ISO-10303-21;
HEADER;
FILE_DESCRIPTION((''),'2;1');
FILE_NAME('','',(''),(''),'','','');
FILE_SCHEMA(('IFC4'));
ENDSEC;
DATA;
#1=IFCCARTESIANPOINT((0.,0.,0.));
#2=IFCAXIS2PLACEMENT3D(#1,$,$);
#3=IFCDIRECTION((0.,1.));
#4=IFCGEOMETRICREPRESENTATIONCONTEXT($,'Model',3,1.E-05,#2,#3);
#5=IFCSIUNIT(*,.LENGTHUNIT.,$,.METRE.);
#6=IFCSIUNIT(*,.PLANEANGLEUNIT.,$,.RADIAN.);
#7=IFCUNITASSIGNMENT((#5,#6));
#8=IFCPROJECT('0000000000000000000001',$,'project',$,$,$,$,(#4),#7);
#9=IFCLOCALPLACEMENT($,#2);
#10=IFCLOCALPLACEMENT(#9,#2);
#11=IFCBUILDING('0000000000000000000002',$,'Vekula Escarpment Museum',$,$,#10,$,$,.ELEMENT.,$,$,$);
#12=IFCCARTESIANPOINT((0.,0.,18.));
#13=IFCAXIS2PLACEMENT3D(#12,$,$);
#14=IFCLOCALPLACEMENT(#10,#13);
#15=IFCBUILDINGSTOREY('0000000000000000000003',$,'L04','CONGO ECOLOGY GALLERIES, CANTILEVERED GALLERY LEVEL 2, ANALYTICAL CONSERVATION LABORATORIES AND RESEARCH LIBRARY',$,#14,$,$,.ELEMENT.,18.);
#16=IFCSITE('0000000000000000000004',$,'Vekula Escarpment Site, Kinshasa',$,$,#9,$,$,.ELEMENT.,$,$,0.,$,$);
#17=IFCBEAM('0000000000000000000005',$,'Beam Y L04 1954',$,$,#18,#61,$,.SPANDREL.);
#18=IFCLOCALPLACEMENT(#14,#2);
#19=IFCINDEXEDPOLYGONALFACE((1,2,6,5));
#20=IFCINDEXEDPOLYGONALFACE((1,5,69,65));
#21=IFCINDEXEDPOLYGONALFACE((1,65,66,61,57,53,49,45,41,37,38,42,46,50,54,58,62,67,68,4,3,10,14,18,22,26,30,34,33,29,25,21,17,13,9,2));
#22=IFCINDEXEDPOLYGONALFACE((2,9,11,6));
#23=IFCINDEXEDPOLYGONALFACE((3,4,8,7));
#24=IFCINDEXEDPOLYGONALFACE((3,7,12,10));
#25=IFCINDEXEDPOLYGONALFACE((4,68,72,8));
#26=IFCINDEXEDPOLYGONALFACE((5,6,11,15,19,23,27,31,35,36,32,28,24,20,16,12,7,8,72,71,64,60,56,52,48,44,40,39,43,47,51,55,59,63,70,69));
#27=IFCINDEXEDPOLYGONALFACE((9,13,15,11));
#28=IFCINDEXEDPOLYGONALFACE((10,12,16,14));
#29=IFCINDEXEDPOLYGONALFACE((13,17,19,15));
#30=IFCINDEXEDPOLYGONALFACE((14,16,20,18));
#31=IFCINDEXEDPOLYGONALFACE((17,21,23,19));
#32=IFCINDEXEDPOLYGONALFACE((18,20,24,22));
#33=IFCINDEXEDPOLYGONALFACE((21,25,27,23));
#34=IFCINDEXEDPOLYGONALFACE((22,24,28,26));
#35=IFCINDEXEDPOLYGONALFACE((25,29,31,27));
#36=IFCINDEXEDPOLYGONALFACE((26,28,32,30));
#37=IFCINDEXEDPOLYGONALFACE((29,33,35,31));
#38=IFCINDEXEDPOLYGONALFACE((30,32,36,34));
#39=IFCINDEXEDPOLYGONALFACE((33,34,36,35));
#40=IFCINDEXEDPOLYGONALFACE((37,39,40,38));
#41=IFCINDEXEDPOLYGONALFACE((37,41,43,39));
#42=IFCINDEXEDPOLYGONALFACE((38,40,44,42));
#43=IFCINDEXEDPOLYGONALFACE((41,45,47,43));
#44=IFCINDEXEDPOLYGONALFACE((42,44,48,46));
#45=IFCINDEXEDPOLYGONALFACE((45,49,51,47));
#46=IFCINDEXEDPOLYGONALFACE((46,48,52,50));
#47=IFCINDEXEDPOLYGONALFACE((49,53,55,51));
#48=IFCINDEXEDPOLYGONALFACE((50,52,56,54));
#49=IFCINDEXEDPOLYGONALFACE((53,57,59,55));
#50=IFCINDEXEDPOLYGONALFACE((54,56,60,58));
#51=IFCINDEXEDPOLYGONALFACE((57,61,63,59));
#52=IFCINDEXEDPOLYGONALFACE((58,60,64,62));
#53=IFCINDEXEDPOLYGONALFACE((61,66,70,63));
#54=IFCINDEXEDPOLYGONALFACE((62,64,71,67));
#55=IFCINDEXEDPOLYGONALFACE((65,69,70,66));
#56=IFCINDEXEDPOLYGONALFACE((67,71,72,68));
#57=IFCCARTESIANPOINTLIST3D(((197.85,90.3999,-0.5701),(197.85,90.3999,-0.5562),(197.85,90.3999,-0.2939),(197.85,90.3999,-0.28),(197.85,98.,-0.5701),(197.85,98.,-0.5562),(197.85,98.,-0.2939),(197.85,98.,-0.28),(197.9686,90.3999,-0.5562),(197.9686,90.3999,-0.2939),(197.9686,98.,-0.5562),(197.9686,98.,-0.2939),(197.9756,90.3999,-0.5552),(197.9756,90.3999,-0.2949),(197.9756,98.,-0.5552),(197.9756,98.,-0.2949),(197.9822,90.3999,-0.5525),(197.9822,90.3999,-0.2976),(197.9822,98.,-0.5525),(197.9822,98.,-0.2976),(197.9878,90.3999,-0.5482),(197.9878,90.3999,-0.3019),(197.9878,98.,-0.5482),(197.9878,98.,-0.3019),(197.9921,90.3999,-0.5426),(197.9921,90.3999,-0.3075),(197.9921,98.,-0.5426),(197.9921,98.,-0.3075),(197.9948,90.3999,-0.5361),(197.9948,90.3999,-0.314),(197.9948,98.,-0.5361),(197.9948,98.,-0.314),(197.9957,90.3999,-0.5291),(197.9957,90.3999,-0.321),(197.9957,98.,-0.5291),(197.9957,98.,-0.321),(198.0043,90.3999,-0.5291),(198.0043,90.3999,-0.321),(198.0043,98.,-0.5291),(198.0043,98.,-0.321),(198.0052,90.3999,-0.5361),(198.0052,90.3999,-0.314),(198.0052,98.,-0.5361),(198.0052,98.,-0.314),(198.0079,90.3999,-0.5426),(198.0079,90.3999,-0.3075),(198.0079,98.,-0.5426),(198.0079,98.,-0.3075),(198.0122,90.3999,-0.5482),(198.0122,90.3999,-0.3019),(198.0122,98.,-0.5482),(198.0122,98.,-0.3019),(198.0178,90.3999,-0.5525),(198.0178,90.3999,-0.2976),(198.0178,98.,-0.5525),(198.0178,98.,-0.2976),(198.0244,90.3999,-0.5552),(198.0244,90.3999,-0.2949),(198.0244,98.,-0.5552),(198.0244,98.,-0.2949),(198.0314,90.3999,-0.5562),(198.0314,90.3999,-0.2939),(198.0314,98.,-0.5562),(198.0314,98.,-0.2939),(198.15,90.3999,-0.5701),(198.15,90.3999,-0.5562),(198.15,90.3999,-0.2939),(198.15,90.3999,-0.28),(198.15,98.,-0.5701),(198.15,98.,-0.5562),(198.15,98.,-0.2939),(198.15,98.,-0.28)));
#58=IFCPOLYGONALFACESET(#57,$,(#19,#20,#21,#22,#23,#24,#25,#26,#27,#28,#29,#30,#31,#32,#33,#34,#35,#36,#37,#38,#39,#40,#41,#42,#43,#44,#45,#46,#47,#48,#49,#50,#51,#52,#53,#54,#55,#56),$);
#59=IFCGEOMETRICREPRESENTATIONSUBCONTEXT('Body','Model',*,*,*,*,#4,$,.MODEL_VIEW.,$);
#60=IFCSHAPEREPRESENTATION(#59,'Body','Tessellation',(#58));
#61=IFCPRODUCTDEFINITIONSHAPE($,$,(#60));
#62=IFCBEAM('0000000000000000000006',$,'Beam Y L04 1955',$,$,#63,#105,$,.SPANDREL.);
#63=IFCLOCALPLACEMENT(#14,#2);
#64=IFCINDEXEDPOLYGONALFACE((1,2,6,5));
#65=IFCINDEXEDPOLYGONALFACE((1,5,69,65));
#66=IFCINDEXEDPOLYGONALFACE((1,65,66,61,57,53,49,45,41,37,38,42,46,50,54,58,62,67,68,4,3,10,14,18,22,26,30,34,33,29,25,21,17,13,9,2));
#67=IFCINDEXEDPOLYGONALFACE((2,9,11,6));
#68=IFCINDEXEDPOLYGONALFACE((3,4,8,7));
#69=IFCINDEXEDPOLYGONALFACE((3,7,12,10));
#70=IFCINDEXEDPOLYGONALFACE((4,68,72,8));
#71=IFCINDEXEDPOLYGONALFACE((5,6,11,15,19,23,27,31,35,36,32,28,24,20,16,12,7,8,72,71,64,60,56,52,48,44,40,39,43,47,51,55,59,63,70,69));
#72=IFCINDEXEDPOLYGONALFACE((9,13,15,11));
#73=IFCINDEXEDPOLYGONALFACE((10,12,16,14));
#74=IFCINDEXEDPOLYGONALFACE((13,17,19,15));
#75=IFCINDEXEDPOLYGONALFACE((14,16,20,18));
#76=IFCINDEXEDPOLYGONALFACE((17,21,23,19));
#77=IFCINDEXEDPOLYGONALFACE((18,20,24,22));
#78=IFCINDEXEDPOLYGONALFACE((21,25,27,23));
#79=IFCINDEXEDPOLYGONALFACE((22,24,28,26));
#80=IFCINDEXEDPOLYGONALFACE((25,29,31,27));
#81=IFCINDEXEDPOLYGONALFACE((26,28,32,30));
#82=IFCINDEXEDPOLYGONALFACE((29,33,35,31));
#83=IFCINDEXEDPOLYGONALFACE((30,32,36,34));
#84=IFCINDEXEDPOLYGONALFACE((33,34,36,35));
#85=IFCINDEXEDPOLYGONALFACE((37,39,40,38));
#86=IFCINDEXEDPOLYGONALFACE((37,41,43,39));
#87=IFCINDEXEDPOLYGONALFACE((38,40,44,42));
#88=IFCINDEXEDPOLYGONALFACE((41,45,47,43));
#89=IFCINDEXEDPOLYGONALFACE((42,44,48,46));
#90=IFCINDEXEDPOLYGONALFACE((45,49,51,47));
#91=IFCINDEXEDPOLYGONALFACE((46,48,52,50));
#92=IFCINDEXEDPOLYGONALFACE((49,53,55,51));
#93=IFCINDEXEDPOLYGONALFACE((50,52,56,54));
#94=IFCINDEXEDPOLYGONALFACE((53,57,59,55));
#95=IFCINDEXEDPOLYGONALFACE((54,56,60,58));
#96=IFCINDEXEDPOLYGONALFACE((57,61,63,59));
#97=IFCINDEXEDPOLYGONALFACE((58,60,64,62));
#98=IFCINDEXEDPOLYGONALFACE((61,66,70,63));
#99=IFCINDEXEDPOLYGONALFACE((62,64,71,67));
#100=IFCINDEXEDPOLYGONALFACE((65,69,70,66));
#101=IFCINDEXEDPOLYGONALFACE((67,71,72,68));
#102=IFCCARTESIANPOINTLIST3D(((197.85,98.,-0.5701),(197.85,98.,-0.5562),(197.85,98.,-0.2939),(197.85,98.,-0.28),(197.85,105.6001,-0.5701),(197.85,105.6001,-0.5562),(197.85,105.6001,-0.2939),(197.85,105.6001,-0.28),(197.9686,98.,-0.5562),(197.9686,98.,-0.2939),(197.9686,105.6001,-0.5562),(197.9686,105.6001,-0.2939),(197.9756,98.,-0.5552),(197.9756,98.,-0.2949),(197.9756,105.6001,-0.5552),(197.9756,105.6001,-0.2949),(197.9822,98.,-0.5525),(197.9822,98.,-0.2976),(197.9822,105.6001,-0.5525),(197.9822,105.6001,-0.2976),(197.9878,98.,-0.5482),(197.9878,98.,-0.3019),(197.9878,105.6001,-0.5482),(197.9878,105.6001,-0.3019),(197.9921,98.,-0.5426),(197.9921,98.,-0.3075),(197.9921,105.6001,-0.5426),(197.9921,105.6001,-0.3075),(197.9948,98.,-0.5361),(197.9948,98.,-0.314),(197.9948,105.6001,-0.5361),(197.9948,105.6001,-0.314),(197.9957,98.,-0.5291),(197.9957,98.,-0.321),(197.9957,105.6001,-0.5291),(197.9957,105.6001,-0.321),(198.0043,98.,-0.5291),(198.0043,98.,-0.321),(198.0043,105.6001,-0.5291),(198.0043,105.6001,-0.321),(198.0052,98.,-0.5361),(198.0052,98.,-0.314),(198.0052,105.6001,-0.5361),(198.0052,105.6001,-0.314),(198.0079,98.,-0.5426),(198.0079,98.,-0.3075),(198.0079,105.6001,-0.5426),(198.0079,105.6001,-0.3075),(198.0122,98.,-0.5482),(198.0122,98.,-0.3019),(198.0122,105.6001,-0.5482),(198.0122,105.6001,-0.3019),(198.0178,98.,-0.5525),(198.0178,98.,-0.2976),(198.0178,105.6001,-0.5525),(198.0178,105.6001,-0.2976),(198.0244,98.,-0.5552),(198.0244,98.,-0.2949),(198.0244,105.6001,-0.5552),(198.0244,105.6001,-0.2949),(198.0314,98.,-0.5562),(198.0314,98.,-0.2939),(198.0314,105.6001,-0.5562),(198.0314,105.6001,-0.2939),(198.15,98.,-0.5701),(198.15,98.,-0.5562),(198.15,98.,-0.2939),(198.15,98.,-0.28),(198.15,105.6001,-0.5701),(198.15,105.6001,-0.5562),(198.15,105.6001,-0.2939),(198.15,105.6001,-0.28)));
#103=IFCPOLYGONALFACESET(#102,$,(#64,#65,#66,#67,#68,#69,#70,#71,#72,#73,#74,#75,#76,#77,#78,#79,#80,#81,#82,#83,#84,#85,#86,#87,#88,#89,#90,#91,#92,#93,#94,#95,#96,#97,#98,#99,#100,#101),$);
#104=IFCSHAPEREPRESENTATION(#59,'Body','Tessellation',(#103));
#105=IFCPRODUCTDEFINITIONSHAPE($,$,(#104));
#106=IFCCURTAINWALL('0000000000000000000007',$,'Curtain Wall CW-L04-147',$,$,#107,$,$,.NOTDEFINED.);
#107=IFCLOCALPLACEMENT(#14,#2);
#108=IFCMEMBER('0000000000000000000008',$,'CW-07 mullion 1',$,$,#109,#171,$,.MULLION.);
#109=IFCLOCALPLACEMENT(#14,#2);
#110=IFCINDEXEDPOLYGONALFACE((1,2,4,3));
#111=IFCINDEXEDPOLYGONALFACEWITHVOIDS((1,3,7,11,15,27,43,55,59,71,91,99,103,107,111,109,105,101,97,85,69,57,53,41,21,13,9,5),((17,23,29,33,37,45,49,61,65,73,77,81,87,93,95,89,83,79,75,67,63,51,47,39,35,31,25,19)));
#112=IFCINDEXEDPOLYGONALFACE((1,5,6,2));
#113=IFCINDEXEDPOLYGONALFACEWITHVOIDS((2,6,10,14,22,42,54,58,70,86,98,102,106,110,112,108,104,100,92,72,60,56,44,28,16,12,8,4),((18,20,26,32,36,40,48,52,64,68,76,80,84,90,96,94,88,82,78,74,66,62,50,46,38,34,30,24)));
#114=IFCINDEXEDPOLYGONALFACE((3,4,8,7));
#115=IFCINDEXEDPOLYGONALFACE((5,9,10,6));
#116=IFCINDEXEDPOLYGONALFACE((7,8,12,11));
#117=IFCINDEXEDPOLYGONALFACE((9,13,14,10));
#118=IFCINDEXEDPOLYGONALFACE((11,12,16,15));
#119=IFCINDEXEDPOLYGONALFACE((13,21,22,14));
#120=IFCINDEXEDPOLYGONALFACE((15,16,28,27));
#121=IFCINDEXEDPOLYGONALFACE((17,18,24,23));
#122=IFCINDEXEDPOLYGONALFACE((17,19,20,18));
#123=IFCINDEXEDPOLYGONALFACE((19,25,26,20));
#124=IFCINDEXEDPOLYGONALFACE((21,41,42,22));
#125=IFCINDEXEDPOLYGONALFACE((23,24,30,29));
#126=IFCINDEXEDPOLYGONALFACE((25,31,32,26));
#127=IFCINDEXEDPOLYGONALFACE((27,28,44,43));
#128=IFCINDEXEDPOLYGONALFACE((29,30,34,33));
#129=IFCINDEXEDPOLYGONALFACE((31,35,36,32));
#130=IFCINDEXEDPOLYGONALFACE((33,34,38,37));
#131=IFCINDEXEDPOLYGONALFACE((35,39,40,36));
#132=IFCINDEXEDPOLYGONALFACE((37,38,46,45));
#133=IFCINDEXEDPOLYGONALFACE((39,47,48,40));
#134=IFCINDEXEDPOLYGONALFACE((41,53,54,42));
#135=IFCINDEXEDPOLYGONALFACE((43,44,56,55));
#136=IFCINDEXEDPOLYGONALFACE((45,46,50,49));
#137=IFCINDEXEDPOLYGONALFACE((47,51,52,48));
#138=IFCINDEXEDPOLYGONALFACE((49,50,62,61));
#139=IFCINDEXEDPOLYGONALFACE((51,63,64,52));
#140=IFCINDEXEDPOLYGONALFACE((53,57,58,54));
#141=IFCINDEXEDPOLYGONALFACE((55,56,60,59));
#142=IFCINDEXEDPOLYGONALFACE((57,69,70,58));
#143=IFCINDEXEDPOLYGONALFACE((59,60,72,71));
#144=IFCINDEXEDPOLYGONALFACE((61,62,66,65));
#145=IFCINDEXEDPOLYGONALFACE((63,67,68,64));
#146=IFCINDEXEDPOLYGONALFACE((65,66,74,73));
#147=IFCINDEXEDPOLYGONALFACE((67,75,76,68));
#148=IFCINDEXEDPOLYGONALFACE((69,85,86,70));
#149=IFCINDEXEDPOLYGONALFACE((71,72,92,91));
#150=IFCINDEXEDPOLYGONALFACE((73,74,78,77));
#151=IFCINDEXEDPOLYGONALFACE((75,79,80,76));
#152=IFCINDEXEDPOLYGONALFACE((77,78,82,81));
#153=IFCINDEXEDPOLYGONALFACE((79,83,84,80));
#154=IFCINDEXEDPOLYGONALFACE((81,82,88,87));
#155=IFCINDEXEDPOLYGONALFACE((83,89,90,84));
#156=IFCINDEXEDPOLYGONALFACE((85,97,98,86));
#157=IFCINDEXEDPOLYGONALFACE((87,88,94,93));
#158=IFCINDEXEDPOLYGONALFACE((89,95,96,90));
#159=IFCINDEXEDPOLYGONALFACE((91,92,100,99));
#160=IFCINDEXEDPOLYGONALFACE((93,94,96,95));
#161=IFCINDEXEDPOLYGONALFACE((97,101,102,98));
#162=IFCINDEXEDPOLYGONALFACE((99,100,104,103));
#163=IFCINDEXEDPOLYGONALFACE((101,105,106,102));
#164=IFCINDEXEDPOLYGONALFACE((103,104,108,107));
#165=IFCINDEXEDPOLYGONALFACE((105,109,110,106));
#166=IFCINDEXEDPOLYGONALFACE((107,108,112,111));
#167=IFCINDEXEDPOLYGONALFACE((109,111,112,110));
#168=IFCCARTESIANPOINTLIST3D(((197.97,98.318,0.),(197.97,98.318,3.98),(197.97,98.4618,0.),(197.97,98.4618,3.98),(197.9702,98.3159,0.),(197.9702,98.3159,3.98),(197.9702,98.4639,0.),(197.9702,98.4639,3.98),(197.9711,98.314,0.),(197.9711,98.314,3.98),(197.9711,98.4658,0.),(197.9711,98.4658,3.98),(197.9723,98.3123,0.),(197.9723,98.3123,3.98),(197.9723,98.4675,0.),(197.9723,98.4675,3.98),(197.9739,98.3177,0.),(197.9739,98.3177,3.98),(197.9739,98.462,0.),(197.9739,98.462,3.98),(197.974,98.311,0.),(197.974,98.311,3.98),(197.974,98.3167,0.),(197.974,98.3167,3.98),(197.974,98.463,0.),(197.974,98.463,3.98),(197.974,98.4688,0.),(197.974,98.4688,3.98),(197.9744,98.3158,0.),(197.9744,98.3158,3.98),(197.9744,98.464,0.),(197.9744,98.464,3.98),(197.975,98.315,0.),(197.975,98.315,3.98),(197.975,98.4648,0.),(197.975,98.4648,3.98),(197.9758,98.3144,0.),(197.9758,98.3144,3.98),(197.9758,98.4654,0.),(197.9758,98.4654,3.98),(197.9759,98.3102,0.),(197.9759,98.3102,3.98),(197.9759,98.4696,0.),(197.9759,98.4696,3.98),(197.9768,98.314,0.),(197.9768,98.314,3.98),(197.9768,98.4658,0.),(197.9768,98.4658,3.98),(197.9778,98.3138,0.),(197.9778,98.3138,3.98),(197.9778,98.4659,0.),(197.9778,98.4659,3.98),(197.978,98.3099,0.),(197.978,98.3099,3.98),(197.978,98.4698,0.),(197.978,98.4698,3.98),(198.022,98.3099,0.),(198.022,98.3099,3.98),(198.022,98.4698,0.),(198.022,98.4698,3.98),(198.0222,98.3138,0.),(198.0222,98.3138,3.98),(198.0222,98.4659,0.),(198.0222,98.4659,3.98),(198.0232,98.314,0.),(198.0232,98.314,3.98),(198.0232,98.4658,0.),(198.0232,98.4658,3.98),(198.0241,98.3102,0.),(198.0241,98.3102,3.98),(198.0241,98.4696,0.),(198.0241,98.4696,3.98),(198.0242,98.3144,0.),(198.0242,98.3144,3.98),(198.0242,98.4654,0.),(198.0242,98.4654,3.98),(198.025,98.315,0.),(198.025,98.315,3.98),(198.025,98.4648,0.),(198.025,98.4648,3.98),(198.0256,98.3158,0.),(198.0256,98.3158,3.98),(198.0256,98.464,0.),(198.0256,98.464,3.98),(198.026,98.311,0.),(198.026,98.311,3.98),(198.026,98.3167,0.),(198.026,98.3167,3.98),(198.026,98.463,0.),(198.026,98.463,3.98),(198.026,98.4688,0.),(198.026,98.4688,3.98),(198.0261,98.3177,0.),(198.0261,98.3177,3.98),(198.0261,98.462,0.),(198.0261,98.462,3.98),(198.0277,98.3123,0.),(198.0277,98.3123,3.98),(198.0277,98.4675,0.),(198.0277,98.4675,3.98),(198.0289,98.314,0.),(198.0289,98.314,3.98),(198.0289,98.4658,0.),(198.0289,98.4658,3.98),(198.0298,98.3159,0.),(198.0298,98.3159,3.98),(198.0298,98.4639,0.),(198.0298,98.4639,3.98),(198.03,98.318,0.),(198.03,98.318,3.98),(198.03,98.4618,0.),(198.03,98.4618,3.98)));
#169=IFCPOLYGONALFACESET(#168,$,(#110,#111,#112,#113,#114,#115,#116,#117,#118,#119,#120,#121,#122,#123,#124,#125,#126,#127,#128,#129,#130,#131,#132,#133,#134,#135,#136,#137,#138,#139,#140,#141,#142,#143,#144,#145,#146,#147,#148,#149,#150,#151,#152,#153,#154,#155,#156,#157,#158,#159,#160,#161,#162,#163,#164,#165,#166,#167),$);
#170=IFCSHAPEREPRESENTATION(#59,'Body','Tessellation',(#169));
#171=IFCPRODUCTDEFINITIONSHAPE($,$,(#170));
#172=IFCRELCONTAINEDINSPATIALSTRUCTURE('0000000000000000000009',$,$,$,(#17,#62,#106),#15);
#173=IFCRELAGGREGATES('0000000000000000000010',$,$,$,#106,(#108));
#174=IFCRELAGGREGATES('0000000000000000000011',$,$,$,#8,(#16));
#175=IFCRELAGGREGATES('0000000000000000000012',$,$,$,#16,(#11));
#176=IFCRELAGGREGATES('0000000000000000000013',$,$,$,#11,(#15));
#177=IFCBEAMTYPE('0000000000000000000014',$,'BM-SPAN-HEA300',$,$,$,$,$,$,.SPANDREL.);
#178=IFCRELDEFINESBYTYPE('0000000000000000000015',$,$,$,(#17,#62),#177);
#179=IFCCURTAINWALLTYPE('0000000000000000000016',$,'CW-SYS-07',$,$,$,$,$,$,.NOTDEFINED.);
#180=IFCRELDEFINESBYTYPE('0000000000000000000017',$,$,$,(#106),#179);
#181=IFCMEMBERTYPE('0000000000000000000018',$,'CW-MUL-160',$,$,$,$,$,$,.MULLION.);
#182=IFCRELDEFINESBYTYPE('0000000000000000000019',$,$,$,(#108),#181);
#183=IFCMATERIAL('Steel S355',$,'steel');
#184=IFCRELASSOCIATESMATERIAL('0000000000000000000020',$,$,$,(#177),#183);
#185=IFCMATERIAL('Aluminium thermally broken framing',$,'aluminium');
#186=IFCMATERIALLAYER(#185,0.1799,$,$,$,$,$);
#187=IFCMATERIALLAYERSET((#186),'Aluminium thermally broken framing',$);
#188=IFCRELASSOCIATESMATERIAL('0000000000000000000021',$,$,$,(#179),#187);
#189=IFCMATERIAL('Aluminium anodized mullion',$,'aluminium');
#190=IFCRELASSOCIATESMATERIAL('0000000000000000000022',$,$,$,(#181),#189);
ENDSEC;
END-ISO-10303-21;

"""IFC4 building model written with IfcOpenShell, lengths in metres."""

from ifc_helpers import new_model, si_unit, direction, frame, origin, origin_2d, place, context, subcontext, project, spatial, hollow_rectangle, i_section, extrude, material, layer, layer_set, material_profile, profile_set, type_object, element, aggregate, save


model = new_model("IFC4")

# Units and contexts
model_context = context("Model", 3, precision=1e-05, world=origin(), true_north=direction((0.0, 1.0)))
body_context = subcontext(model_context, "Body", "Model", "MODEL_VIEW")
ifc_project = project(units=[si_unit("LENGTHUNIT", "METRE"), si_unit("PLANEANGLEUNIT", "RADIAN")], contexts=[model_context])

# Site, building, storey
site_placement = place(None, origin())
site = spatial("IfcSite", under=ifc_project, at=site_placement, Name="Vekula Escarpment Site, Kinshasa", CompositionType="ELEMENT", RefElevation=0.0)
building_placement = place(site_placement, origin())
building = spatial("IfcBuilding", under=site, at=building_placement, Name="Vekula Escarpment Museum", CompositionType="ELEMENT")
storey_placement = place(building_placement, frame((0.0, 0.0, 18.0)))
storey = spatial("IfcBuildingStorey", under=building, at=storey_placement, Name="L04", Description="CONGO ECOLOGY GALLERIES, CANTILEVERED GALLERY LEVEL 2, ANALYTICAL CONSERVATION LABORATORIES AND RESEARCH LIBRARY", CompositionType="ELEMENT", Elevation=18.0)

# Beams
ifc_material_1 = material(Name="Steel S355", Category="steel")
ifc_material_profile_1 = material_profile(ifc_material_1, i_section(OverallWidth=0.3, OverallDepth=0.29, WebThickness=0.0085, FlangeThickness=0.0139, FilletRadius=0.0271, at=origin_2d()), Name="HEA 300")
ifc_profile_set_1 = profile_set([ifc_material_profile_1], Name="Steel S355")
beam_type_1 = type_object("IfcBeamType", Name="BM-SPAN-HEA300", PredefinedType="SPANDREL", material=ifc_profile_set_1)
for number, where, z_axis, x_axis, name in (
    (1, (198.0, 90.3999, -0.425), (0.0, 1.0, 0.0), (-1.0, 0.0, 0.0), "Beam Y L04 1954"),
    (2, (198.0, 98.0, -0.425), (0.0, 1.0, 0.0), (-1.0, 0.0, 0.0), "Beam Y L04 1955"),
):
    element("IfcBeam", number, at=place(storey_placement, frame(where, z_axis=z_axis, x_axis=x_axis)), inside=storey, type_object=beam_type_1, Name=name, PredefinedType="SPANDREL", context=body_context, shape_type="SweptSolid", body=[
        extrude(i_section(OverallWidth=0.3, OverallDepth=0.29, WebThickness=0.0085, FlangeThickness=0.0139, FilletRadius=0.0271, at=origin_2d()), origin(), (0.0, 0.0, 1.0), 7.6001),
    ])

# Curtain wall, member
ifc_material_2 = material(Name="Aluminium thermally broken framing", Category="aluminium")
ifc_layer_1 = layer(ifc_material_2, 0.1799)
ifc_layer_set_1 = layer_set([ifc_layer_1], Name="Aluminium thermally broken framing")
curtain_wall_type = type_object("IfcCurtainWallType", Name="CW-SYS-07", PredefinedType="NOTDEFINED", material=ifc_layer_set_1)
curtain_wall_placement = place(storey_placement, origin())
curtain_wall = element("IfcCurtainWall", 3, at=curtain_wall_placement, inside=storey, type_object=curtain_wall_type, Name="Curtain Wall CW-L04-147", PredefinedType="NOTDEFINED")
ifc_material_3 = material(Name="Aluminium anodized mullion", Category="aluminium")
ifc_material_profile_2 = material_profile(ifc_material_3, hollow_rectangle(XDim=0.0601, YDim=0.1599, WallThickness=0.0039, InnerFilletRadius=0.0039, OuterFilletRadius=0.0081, at=origin_2d()), Name="ALU 160x60x4")
ifc_profile_set_2 = profile_set([ifc_material_profile_2], Name="Aluminium anodized mullion")
member_type_1 = type_object("IfcMemberType", Name="CW-MUL-160", PredefinedType="MULLION", material=ifc_profile_set_2)
member_1_placement = place(storey_placement, frame((198.0, 98.3899, 0.0), z_axis=(0.0, 0.0, 1.0), x_axis=(-1.0, 0.0, 0.0)))
member_1 = element("IfcMember", 4, at=member_1_placement, type_object=member_type_1, Name="CW-07 mullion 1", PredefinedType="MULLION", context=body_context, shape_type="SweptSolid", body=[
    extrude(hollow_rectangle(XDim=0.0601, YDim=0.1599, WallThickness=0.0039, InnerFilletRadius=0.0039, OuterFilletRadius=0.0081, at=origin_2d()), origin(), (0.0, 0.0, 1.0), 3.98),
])
aggregate(curtain_wall, [member_1])

save(model, "model.ifc")
